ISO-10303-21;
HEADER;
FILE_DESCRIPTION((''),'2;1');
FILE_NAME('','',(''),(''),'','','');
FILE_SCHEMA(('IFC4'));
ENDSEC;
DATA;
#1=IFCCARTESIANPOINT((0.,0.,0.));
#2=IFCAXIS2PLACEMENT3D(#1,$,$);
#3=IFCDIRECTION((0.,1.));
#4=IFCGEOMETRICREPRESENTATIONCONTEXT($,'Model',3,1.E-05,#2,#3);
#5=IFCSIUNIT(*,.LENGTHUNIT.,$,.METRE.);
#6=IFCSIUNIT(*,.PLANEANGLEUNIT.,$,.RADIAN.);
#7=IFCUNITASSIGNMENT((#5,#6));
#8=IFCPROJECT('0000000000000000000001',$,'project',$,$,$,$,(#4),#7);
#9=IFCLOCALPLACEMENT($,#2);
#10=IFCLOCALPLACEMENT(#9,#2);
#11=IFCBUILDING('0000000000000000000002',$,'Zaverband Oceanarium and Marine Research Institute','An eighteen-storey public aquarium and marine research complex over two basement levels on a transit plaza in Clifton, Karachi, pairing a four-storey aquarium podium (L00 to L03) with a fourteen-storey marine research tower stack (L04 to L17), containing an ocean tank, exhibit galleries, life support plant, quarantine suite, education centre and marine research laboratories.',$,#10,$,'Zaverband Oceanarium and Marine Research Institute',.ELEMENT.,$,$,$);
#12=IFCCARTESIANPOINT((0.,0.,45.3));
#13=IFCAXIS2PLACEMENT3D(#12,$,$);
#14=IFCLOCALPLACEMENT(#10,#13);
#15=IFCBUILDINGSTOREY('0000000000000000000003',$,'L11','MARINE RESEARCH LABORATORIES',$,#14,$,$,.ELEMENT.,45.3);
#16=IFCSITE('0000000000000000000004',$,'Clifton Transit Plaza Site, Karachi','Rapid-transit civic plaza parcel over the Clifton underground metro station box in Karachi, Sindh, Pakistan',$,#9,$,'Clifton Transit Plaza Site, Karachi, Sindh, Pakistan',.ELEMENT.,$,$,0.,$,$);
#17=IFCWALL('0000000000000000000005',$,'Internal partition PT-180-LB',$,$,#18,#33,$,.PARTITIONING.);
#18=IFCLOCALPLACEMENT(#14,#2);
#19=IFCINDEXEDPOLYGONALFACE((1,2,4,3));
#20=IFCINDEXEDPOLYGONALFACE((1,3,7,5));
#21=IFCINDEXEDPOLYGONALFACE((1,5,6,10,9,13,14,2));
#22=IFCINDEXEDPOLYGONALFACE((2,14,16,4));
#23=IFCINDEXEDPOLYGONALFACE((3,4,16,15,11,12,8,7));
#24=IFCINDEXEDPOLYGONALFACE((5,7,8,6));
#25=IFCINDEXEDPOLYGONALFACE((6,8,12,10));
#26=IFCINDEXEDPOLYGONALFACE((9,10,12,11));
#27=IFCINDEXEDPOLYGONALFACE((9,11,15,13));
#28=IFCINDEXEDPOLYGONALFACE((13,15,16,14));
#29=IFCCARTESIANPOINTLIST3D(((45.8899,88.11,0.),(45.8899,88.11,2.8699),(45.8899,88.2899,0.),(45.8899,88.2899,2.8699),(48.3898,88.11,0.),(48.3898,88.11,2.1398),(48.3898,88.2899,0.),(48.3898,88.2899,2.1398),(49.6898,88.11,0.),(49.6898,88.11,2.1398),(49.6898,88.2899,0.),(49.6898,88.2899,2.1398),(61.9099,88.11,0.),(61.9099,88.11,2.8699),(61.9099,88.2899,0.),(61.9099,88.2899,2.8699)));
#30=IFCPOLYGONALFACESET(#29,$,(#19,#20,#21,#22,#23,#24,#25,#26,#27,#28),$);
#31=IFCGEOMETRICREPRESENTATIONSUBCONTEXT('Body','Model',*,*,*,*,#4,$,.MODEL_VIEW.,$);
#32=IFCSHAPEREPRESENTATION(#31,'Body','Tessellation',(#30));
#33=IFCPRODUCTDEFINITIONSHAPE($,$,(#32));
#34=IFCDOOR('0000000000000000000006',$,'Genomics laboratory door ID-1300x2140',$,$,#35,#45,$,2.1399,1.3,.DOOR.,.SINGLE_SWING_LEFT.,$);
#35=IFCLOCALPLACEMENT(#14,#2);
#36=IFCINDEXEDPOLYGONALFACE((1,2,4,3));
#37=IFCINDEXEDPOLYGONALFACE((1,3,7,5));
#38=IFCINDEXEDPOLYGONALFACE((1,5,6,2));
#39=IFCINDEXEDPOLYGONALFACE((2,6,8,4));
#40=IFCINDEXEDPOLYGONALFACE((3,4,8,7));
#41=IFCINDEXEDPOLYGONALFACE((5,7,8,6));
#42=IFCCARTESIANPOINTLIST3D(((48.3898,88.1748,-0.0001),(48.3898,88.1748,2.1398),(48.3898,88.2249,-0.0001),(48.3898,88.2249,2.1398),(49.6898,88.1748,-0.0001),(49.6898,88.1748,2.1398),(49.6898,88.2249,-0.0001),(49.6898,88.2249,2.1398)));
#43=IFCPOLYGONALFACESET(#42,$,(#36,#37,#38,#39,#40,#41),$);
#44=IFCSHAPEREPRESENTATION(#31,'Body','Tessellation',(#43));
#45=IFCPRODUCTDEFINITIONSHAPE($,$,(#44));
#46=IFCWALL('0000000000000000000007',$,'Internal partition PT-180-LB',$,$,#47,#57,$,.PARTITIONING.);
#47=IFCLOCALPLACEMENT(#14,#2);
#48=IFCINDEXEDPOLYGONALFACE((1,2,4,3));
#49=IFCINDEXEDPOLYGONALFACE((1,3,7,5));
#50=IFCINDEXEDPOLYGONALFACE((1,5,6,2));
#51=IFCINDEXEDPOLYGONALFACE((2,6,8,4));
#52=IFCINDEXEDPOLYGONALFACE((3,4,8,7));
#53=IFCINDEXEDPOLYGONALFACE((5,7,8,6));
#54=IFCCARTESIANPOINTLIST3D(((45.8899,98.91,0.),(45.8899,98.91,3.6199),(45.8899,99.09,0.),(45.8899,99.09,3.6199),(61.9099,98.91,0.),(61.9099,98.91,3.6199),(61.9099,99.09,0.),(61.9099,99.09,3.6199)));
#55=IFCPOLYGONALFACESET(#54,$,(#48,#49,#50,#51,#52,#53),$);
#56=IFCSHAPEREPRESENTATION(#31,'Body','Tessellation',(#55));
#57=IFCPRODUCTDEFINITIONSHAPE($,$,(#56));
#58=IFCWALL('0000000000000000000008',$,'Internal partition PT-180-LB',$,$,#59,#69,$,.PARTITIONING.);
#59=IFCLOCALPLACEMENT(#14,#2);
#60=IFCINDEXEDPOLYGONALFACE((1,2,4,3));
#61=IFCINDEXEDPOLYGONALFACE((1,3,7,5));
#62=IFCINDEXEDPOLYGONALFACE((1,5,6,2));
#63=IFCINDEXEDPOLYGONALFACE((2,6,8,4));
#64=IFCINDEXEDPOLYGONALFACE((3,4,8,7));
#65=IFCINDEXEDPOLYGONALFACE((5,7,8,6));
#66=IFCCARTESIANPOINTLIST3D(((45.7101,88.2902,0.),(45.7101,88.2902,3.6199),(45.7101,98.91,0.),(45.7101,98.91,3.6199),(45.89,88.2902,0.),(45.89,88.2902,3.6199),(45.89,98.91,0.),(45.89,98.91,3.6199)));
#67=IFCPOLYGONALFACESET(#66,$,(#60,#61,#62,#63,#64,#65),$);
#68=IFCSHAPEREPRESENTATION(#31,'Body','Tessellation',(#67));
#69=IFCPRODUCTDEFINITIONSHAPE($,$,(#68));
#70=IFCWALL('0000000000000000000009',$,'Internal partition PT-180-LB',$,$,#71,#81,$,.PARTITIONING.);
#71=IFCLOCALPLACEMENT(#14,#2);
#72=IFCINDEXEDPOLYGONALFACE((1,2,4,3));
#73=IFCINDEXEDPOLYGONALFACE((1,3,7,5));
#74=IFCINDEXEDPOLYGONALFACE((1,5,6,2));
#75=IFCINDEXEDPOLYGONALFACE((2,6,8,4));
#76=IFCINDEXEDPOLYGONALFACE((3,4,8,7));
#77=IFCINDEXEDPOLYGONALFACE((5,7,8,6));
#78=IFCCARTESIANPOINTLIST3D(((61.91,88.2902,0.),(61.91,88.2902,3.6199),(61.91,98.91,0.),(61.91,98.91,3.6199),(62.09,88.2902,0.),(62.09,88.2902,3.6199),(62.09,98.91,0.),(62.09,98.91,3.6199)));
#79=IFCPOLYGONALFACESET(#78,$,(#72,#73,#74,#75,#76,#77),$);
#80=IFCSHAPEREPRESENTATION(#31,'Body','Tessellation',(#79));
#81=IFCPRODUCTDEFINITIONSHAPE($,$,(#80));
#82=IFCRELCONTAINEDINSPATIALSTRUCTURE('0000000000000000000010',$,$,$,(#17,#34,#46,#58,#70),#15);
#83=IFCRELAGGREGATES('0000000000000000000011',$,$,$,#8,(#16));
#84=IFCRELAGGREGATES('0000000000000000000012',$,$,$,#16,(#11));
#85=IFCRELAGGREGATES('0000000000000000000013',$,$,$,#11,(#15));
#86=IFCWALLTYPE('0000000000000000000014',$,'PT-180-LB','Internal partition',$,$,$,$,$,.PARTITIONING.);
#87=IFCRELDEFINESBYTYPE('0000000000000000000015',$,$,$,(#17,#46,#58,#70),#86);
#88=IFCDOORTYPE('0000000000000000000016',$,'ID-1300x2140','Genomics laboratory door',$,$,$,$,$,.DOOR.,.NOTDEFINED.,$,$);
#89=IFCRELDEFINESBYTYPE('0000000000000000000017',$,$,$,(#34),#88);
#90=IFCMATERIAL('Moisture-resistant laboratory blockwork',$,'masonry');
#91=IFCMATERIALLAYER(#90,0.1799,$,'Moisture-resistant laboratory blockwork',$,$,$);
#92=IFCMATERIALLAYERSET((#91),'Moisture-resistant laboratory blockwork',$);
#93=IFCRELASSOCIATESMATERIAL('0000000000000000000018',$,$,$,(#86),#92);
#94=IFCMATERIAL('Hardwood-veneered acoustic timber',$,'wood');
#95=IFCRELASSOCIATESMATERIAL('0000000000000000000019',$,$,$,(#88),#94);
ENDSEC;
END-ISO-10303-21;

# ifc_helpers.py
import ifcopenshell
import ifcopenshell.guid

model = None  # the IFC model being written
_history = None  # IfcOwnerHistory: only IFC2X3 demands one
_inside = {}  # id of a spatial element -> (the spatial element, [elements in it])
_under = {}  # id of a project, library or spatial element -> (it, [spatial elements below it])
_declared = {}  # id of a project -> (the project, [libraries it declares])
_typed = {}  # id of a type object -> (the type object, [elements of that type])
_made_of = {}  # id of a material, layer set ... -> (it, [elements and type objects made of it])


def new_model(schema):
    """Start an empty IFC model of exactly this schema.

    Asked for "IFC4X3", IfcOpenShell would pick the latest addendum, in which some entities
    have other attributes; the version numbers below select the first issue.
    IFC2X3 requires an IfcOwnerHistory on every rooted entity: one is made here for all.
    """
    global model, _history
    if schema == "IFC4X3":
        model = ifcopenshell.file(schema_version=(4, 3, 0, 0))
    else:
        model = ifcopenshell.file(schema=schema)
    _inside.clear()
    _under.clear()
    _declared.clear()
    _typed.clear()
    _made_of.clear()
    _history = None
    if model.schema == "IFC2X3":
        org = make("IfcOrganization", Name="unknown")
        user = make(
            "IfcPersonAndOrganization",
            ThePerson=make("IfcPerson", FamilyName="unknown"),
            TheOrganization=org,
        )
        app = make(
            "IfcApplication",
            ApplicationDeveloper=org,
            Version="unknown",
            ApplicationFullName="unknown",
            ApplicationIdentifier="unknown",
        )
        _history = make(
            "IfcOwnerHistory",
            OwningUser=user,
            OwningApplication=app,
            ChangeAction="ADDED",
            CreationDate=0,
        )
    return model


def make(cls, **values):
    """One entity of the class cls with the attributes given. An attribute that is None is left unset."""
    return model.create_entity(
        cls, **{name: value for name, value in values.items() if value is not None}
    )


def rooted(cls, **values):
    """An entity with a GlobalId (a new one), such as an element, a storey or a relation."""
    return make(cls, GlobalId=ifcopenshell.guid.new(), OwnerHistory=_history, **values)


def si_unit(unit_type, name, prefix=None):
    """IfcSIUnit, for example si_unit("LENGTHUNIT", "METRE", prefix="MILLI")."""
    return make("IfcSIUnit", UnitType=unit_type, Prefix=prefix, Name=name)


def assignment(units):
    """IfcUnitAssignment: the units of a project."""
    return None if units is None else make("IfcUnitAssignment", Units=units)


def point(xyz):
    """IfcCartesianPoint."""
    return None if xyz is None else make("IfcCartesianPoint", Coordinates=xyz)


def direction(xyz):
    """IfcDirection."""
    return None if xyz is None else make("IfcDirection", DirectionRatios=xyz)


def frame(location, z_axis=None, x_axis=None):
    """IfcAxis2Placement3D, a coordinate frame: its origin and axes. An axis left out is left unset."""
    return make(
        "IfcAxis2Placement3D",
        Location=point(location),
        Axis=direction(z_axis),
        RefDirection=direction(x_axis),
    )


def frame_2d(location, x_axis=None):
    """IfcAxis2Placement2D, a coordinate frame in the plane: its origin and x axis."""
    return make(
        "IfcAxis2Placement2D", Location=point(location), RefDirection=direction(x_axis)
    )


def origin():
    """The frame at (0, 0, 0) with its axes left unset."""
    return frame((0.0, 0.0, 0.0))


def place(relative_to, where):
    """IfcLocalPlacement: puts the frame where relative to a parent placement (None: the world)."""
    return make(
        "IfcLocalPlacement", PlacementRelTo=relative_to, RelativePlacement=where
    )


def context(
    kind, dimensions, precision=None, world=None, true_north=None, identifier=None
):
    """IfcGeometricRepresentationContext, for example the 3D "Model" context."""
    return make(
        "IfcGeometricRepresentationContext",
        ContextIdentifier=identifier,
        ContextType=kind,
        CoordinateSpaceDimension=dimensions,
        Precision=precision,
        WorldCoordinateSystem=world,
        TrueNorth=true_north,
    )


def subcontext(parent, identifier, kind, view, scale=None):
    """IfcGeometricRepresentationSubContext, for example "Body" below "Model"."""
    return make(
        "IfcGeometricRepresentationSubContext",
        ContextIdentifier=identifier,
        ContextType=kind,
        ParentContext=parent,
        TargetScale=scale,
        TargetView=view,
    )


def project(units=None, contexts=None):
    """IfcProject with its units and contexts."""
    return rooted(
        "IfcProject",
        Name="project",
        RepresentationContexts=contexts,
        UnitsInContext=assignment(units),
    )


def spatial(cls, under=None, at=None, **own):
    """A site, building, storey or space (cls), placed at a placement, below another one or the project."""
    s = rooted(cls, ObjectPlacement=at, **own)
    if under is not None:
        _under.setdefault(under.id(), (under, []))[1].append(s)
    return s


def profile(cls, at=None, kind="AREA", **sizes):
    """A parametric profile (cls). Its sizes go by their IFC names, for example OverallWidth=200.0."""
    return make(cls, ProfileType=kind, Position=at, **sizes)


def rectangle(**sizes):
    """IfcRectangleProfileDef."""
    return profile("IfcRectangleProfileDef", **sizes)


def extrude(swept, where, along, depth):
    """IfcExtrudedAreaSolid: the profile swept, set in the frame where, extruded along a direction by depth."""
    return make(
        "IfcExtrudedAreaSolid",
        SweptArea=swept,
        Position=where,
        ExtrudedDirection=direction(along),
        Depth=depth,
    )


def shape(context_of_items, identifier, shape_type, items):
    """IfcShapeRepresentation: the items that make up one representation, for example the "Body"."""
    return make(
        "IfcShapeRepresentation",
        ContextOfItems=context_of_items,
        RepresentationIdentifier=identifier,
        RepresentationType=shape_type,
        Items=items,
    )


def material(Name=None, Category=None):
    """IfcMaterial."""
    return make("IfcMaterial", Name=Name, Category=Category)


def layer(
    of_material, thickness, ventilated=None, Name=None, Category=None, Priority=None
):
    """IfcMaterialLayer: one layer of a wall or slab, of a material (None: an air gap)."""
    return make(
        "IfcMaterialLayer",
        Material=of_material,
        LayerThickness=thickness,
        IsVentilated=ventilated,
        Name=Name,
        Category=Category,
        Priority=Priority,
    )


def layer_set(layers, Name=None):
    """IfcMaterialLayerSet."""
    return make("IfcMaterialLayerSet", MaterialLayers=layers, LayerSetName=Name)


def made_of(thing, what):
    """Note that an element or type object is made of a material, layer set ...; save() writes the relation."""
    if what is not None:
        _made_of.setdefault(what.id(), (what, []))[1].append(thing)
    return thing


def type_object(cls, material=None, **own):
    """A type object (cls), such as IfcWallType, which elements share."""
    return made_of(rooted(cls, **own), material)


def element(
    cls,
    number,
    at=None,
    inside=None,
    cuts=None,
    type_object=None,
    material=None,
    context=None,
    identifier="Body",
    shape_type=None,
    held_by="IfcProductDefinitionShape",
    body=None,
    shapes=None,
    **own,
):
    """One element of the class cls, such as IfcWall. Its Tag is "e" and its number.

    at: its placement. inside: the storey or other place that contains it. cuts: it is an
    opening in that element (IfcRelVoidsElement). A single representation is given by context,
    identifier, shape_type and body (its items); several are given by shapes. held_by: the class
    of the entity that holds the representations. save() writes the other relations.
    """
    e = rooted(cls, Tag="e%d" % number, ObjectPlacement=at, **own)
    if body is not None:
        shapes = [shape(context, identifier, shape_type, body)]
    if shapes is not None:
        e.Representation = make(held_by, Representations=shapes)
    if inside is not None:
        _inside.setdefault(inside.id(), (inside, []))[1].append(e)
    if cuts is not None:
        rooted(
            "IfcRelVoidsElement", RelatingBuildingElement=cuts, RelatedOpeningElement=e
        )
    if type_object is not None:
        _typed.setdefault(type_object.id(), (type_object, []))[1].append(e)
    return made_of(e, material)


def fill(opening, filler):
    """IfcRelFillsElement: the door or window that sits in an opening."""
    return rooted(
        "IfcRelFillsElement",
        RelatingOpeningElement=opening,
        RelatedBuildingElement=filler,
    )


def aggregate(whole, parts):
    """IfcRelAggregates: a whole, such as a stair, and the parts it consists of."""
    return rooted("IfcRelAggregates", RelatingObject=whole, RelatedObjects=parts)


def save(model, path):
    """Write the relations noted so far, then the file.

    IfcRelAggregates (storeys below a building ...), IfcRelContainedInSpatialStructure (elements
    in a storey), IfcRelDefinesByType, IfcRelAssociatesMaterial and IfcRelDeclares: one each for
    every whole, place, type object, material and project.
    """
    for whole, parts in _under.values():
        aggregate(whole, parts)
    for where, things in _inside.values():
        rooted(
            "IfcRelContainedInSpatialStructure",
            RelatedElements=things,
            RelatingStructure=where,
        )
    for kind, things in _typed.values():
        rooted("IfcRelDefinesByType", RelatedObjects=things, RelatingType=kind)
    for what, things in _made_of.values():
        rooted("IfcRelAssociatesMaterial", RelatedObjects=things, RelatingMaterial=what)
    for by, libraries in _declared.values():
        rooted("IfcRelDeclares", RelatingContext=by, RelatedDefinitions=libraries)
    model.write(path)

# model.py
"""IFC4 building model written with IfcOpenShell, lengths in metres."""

from ifc_helpers import new_model, si_unit, direction, frame, frame_2d, origin, place, context, subcontext, project, spatial, rectangle, extrude, material, layer, layer_set, type_object, element, fill, save


model = new_model("IFC4")

# Units and contexts
model_context = context("Model", 3, precision=1e-05, world=origin(), true_north=direction((0.0, 1.0)))
body_context = subcontext(model_context, "Body", "Model", "MODEL_VIEW")
ifc_project = project(units=[si_unit("LENGTHUNIT", "METRE"), si_unit("PLANEANGLEUNIT", "RADIAN")], contexts=[model_context])

# Site, building, storey
site_placement = place(None, origin())
site = spatial("IfcSite", under=ifc_project, at=site_placement, Name="Clifton Transit Plaza Site, Karachi", Description="Rapid-transit civic plaza parcel over the Clifton underground metro station box in Karachi, Sindh, Pakistan", LongName="Clifton Transit Plaza Site, Karachi, Sindh, Pakistan", CompositionType="ELEMENT", RefElevation=0.0)
building_placement = place(site_placement, origin())
building = spatial("IfcBuilding", under=site, at=building_placement, Name="Zaverband Oceanarium and Marine Research Institute", Description="An eighteen-storey public aquarium and marine research complex over two basement levels on a transit plaza in Clifton, Karachi, pairing a four-storey aquarium podium (L00 to L03) with a fourteen-storey marine research tower stack (L04 to L17), containing an ocean tank, exhibit galleries, life support plant, quarantine suite, education centre and marine research laboratories.", LongName="Zaverband Oceanarium and Marine Research Institute", CompositionType="ELEMENT")
storey_placement = place(building_placement, frame((0.0, 0.0, 45.3)))
storey = spatial("IfcBuildingStorey", under=building, at=storey_placement, Name="L11", Description="MARINE RESEARCH LABORATORIES", CompositionType="ELEMENT", Elevation=45.3)

# Wall, opening, door
ifc_material_1 = material(Name="Moisture-resistant laboratory blockwork", Category="masonry")
ifc_layer_1 = layer(ifc_material_1, 0.1799, Name="Moisture-resistant laboratory blockwork")
ifc_layer_set_1 = layer_set([ifc_layer_1], Name="Moisture-resistant laboratory blockwork")
wall_type_1 = type_object("IfcWallType", Name="PT-180-LB", Description="Internal partition", PredefinedType="PARTITIONING", material=ifc_layer_set_1)
wall_1_placement = place(storey_placement, frame((45.8899, 88.2, 0.0), z_axis=(0.0, 0.0, 1.0), x_axis=(1.0, 0.0, 0.0)))
wall_1 = element("IfcWall", 1, at=wall_1_placement, inside=storey, type_object=wall_type_1, Name="Internal partition PT-180-LB", PredefinedType="PARTITIONING", context=body_context, shape_type="SweptSolid", body=[
    extrude(rectangle(XDim=16.02, YDim=0.1799, at=frame_2d((8.01, 0.0))), origin(), (0.0, 0.0, 1.0), 2.8699),
])
opening_1_placement = place(wall_1_placement, frame((2.5, 0.0, 0.0)))
opening_1 = element("IfcOpeningElement", 2, at=opening_1_placement, cuts=wall_1, PredefinedType="OPENING", context=body_context, shape_type="SweptSolid", body=[
    extrude(rectangle(XDim=1.3, YDim=2.1399, at=frame_2d((0.6499, 1.0698))), frame((0.0, 0.1021, 0.0), z_axis=(0.0, -1.0, 0.0), x_axis=(1.0, 0.0, 0.0)), (0.0, 0.0, 1.0), 0.2039),
])
ifc_material_2 = material(Name="Hardwood-veneered acoustic timber", Category="wood")
door_type_1 = type_object("IfcDoorType", Name="ID-1300x2140", Description="Genomics laboratory door", OperationType="NOTDEFINED", PredefinedType="DOOR", material=ifc_material_2)
door_1_placement = place(opening_1_placement, origin())
door_1 = element("IfcDoor", 3, at=door_1_placement, inside=storey, type_object=door_type_1, Name="Genomics laboratory door ID-1300x2140", OperationType="SINGLE_SWING_LEFT", OverallHeight=2.1399, OverallWidth=1.3, PredefinedType="DOOR", context=body_context, shape_type="SweptSolid", body=[
    extrude(rectangle(XDim=1.3, YDim=2.1399, at=frame_2d((0.6499, 1.0698))), frame((0.0, 0.0249, 0.0), z_axis=(0.0, -1.0, 0.0), x_axis=(1.0, 0.0, 0.0)), (0.0, 0.0, 1.0), 0.05),
])
fill(opening_1, door_1)

# Walls
wall_2_placement = place(storey_placement, frame((45.8899, 99.0, 0.0), z_axis=(0.0, 0.0, 1.0), x_axis=(1.0, 0.0, 0.0)))
element("IfcWall", 4, at=wall_2_placement, inside=storey, type_object=wall_type_1, Name="Internal partition PT-180-LB", PredefinedType="PARTITIONING", context=body_context, shape_type="SweptSolid", body=[
    extrude(rectangle(XDim=16.02, YDim=0.1799, at=frame_2d((8.01, 0.0))), origin(), (0.0, 0.0, 1.0), 3.6199),
])
for number, where, z_axis, x_axis, name in (
    (5, (45.8, 88.29, 0.0), (0.0, 0.0, 1.0), (0.0, 1.0, 0.0), "Internal partition PT-180-LB"),
    (6, (62.0, 88.29, 0.0), (0.0, 0.0, 1.0), (0.0, 1.0, 0.0), "Internal partition PT-180-LB"),
):
    element("IfcWall", number, at=place(storey_placement, frame(where, z_axis=z_axis, x_axis=x_axis)), inside=storey, type_object=wall_type_1, Name=name, PredefinedType="PARTITIONING", context=body_context, shape_type="SweptSolid", body=[
        extrude(rectangle(XDim=10.6199, YDim=0.1799, at=frame_2d((5.3101, 0.0))), origin(), (0.0, 0.0, 1.0), 3.6199),
    ])

save(model, "model.ifc")
